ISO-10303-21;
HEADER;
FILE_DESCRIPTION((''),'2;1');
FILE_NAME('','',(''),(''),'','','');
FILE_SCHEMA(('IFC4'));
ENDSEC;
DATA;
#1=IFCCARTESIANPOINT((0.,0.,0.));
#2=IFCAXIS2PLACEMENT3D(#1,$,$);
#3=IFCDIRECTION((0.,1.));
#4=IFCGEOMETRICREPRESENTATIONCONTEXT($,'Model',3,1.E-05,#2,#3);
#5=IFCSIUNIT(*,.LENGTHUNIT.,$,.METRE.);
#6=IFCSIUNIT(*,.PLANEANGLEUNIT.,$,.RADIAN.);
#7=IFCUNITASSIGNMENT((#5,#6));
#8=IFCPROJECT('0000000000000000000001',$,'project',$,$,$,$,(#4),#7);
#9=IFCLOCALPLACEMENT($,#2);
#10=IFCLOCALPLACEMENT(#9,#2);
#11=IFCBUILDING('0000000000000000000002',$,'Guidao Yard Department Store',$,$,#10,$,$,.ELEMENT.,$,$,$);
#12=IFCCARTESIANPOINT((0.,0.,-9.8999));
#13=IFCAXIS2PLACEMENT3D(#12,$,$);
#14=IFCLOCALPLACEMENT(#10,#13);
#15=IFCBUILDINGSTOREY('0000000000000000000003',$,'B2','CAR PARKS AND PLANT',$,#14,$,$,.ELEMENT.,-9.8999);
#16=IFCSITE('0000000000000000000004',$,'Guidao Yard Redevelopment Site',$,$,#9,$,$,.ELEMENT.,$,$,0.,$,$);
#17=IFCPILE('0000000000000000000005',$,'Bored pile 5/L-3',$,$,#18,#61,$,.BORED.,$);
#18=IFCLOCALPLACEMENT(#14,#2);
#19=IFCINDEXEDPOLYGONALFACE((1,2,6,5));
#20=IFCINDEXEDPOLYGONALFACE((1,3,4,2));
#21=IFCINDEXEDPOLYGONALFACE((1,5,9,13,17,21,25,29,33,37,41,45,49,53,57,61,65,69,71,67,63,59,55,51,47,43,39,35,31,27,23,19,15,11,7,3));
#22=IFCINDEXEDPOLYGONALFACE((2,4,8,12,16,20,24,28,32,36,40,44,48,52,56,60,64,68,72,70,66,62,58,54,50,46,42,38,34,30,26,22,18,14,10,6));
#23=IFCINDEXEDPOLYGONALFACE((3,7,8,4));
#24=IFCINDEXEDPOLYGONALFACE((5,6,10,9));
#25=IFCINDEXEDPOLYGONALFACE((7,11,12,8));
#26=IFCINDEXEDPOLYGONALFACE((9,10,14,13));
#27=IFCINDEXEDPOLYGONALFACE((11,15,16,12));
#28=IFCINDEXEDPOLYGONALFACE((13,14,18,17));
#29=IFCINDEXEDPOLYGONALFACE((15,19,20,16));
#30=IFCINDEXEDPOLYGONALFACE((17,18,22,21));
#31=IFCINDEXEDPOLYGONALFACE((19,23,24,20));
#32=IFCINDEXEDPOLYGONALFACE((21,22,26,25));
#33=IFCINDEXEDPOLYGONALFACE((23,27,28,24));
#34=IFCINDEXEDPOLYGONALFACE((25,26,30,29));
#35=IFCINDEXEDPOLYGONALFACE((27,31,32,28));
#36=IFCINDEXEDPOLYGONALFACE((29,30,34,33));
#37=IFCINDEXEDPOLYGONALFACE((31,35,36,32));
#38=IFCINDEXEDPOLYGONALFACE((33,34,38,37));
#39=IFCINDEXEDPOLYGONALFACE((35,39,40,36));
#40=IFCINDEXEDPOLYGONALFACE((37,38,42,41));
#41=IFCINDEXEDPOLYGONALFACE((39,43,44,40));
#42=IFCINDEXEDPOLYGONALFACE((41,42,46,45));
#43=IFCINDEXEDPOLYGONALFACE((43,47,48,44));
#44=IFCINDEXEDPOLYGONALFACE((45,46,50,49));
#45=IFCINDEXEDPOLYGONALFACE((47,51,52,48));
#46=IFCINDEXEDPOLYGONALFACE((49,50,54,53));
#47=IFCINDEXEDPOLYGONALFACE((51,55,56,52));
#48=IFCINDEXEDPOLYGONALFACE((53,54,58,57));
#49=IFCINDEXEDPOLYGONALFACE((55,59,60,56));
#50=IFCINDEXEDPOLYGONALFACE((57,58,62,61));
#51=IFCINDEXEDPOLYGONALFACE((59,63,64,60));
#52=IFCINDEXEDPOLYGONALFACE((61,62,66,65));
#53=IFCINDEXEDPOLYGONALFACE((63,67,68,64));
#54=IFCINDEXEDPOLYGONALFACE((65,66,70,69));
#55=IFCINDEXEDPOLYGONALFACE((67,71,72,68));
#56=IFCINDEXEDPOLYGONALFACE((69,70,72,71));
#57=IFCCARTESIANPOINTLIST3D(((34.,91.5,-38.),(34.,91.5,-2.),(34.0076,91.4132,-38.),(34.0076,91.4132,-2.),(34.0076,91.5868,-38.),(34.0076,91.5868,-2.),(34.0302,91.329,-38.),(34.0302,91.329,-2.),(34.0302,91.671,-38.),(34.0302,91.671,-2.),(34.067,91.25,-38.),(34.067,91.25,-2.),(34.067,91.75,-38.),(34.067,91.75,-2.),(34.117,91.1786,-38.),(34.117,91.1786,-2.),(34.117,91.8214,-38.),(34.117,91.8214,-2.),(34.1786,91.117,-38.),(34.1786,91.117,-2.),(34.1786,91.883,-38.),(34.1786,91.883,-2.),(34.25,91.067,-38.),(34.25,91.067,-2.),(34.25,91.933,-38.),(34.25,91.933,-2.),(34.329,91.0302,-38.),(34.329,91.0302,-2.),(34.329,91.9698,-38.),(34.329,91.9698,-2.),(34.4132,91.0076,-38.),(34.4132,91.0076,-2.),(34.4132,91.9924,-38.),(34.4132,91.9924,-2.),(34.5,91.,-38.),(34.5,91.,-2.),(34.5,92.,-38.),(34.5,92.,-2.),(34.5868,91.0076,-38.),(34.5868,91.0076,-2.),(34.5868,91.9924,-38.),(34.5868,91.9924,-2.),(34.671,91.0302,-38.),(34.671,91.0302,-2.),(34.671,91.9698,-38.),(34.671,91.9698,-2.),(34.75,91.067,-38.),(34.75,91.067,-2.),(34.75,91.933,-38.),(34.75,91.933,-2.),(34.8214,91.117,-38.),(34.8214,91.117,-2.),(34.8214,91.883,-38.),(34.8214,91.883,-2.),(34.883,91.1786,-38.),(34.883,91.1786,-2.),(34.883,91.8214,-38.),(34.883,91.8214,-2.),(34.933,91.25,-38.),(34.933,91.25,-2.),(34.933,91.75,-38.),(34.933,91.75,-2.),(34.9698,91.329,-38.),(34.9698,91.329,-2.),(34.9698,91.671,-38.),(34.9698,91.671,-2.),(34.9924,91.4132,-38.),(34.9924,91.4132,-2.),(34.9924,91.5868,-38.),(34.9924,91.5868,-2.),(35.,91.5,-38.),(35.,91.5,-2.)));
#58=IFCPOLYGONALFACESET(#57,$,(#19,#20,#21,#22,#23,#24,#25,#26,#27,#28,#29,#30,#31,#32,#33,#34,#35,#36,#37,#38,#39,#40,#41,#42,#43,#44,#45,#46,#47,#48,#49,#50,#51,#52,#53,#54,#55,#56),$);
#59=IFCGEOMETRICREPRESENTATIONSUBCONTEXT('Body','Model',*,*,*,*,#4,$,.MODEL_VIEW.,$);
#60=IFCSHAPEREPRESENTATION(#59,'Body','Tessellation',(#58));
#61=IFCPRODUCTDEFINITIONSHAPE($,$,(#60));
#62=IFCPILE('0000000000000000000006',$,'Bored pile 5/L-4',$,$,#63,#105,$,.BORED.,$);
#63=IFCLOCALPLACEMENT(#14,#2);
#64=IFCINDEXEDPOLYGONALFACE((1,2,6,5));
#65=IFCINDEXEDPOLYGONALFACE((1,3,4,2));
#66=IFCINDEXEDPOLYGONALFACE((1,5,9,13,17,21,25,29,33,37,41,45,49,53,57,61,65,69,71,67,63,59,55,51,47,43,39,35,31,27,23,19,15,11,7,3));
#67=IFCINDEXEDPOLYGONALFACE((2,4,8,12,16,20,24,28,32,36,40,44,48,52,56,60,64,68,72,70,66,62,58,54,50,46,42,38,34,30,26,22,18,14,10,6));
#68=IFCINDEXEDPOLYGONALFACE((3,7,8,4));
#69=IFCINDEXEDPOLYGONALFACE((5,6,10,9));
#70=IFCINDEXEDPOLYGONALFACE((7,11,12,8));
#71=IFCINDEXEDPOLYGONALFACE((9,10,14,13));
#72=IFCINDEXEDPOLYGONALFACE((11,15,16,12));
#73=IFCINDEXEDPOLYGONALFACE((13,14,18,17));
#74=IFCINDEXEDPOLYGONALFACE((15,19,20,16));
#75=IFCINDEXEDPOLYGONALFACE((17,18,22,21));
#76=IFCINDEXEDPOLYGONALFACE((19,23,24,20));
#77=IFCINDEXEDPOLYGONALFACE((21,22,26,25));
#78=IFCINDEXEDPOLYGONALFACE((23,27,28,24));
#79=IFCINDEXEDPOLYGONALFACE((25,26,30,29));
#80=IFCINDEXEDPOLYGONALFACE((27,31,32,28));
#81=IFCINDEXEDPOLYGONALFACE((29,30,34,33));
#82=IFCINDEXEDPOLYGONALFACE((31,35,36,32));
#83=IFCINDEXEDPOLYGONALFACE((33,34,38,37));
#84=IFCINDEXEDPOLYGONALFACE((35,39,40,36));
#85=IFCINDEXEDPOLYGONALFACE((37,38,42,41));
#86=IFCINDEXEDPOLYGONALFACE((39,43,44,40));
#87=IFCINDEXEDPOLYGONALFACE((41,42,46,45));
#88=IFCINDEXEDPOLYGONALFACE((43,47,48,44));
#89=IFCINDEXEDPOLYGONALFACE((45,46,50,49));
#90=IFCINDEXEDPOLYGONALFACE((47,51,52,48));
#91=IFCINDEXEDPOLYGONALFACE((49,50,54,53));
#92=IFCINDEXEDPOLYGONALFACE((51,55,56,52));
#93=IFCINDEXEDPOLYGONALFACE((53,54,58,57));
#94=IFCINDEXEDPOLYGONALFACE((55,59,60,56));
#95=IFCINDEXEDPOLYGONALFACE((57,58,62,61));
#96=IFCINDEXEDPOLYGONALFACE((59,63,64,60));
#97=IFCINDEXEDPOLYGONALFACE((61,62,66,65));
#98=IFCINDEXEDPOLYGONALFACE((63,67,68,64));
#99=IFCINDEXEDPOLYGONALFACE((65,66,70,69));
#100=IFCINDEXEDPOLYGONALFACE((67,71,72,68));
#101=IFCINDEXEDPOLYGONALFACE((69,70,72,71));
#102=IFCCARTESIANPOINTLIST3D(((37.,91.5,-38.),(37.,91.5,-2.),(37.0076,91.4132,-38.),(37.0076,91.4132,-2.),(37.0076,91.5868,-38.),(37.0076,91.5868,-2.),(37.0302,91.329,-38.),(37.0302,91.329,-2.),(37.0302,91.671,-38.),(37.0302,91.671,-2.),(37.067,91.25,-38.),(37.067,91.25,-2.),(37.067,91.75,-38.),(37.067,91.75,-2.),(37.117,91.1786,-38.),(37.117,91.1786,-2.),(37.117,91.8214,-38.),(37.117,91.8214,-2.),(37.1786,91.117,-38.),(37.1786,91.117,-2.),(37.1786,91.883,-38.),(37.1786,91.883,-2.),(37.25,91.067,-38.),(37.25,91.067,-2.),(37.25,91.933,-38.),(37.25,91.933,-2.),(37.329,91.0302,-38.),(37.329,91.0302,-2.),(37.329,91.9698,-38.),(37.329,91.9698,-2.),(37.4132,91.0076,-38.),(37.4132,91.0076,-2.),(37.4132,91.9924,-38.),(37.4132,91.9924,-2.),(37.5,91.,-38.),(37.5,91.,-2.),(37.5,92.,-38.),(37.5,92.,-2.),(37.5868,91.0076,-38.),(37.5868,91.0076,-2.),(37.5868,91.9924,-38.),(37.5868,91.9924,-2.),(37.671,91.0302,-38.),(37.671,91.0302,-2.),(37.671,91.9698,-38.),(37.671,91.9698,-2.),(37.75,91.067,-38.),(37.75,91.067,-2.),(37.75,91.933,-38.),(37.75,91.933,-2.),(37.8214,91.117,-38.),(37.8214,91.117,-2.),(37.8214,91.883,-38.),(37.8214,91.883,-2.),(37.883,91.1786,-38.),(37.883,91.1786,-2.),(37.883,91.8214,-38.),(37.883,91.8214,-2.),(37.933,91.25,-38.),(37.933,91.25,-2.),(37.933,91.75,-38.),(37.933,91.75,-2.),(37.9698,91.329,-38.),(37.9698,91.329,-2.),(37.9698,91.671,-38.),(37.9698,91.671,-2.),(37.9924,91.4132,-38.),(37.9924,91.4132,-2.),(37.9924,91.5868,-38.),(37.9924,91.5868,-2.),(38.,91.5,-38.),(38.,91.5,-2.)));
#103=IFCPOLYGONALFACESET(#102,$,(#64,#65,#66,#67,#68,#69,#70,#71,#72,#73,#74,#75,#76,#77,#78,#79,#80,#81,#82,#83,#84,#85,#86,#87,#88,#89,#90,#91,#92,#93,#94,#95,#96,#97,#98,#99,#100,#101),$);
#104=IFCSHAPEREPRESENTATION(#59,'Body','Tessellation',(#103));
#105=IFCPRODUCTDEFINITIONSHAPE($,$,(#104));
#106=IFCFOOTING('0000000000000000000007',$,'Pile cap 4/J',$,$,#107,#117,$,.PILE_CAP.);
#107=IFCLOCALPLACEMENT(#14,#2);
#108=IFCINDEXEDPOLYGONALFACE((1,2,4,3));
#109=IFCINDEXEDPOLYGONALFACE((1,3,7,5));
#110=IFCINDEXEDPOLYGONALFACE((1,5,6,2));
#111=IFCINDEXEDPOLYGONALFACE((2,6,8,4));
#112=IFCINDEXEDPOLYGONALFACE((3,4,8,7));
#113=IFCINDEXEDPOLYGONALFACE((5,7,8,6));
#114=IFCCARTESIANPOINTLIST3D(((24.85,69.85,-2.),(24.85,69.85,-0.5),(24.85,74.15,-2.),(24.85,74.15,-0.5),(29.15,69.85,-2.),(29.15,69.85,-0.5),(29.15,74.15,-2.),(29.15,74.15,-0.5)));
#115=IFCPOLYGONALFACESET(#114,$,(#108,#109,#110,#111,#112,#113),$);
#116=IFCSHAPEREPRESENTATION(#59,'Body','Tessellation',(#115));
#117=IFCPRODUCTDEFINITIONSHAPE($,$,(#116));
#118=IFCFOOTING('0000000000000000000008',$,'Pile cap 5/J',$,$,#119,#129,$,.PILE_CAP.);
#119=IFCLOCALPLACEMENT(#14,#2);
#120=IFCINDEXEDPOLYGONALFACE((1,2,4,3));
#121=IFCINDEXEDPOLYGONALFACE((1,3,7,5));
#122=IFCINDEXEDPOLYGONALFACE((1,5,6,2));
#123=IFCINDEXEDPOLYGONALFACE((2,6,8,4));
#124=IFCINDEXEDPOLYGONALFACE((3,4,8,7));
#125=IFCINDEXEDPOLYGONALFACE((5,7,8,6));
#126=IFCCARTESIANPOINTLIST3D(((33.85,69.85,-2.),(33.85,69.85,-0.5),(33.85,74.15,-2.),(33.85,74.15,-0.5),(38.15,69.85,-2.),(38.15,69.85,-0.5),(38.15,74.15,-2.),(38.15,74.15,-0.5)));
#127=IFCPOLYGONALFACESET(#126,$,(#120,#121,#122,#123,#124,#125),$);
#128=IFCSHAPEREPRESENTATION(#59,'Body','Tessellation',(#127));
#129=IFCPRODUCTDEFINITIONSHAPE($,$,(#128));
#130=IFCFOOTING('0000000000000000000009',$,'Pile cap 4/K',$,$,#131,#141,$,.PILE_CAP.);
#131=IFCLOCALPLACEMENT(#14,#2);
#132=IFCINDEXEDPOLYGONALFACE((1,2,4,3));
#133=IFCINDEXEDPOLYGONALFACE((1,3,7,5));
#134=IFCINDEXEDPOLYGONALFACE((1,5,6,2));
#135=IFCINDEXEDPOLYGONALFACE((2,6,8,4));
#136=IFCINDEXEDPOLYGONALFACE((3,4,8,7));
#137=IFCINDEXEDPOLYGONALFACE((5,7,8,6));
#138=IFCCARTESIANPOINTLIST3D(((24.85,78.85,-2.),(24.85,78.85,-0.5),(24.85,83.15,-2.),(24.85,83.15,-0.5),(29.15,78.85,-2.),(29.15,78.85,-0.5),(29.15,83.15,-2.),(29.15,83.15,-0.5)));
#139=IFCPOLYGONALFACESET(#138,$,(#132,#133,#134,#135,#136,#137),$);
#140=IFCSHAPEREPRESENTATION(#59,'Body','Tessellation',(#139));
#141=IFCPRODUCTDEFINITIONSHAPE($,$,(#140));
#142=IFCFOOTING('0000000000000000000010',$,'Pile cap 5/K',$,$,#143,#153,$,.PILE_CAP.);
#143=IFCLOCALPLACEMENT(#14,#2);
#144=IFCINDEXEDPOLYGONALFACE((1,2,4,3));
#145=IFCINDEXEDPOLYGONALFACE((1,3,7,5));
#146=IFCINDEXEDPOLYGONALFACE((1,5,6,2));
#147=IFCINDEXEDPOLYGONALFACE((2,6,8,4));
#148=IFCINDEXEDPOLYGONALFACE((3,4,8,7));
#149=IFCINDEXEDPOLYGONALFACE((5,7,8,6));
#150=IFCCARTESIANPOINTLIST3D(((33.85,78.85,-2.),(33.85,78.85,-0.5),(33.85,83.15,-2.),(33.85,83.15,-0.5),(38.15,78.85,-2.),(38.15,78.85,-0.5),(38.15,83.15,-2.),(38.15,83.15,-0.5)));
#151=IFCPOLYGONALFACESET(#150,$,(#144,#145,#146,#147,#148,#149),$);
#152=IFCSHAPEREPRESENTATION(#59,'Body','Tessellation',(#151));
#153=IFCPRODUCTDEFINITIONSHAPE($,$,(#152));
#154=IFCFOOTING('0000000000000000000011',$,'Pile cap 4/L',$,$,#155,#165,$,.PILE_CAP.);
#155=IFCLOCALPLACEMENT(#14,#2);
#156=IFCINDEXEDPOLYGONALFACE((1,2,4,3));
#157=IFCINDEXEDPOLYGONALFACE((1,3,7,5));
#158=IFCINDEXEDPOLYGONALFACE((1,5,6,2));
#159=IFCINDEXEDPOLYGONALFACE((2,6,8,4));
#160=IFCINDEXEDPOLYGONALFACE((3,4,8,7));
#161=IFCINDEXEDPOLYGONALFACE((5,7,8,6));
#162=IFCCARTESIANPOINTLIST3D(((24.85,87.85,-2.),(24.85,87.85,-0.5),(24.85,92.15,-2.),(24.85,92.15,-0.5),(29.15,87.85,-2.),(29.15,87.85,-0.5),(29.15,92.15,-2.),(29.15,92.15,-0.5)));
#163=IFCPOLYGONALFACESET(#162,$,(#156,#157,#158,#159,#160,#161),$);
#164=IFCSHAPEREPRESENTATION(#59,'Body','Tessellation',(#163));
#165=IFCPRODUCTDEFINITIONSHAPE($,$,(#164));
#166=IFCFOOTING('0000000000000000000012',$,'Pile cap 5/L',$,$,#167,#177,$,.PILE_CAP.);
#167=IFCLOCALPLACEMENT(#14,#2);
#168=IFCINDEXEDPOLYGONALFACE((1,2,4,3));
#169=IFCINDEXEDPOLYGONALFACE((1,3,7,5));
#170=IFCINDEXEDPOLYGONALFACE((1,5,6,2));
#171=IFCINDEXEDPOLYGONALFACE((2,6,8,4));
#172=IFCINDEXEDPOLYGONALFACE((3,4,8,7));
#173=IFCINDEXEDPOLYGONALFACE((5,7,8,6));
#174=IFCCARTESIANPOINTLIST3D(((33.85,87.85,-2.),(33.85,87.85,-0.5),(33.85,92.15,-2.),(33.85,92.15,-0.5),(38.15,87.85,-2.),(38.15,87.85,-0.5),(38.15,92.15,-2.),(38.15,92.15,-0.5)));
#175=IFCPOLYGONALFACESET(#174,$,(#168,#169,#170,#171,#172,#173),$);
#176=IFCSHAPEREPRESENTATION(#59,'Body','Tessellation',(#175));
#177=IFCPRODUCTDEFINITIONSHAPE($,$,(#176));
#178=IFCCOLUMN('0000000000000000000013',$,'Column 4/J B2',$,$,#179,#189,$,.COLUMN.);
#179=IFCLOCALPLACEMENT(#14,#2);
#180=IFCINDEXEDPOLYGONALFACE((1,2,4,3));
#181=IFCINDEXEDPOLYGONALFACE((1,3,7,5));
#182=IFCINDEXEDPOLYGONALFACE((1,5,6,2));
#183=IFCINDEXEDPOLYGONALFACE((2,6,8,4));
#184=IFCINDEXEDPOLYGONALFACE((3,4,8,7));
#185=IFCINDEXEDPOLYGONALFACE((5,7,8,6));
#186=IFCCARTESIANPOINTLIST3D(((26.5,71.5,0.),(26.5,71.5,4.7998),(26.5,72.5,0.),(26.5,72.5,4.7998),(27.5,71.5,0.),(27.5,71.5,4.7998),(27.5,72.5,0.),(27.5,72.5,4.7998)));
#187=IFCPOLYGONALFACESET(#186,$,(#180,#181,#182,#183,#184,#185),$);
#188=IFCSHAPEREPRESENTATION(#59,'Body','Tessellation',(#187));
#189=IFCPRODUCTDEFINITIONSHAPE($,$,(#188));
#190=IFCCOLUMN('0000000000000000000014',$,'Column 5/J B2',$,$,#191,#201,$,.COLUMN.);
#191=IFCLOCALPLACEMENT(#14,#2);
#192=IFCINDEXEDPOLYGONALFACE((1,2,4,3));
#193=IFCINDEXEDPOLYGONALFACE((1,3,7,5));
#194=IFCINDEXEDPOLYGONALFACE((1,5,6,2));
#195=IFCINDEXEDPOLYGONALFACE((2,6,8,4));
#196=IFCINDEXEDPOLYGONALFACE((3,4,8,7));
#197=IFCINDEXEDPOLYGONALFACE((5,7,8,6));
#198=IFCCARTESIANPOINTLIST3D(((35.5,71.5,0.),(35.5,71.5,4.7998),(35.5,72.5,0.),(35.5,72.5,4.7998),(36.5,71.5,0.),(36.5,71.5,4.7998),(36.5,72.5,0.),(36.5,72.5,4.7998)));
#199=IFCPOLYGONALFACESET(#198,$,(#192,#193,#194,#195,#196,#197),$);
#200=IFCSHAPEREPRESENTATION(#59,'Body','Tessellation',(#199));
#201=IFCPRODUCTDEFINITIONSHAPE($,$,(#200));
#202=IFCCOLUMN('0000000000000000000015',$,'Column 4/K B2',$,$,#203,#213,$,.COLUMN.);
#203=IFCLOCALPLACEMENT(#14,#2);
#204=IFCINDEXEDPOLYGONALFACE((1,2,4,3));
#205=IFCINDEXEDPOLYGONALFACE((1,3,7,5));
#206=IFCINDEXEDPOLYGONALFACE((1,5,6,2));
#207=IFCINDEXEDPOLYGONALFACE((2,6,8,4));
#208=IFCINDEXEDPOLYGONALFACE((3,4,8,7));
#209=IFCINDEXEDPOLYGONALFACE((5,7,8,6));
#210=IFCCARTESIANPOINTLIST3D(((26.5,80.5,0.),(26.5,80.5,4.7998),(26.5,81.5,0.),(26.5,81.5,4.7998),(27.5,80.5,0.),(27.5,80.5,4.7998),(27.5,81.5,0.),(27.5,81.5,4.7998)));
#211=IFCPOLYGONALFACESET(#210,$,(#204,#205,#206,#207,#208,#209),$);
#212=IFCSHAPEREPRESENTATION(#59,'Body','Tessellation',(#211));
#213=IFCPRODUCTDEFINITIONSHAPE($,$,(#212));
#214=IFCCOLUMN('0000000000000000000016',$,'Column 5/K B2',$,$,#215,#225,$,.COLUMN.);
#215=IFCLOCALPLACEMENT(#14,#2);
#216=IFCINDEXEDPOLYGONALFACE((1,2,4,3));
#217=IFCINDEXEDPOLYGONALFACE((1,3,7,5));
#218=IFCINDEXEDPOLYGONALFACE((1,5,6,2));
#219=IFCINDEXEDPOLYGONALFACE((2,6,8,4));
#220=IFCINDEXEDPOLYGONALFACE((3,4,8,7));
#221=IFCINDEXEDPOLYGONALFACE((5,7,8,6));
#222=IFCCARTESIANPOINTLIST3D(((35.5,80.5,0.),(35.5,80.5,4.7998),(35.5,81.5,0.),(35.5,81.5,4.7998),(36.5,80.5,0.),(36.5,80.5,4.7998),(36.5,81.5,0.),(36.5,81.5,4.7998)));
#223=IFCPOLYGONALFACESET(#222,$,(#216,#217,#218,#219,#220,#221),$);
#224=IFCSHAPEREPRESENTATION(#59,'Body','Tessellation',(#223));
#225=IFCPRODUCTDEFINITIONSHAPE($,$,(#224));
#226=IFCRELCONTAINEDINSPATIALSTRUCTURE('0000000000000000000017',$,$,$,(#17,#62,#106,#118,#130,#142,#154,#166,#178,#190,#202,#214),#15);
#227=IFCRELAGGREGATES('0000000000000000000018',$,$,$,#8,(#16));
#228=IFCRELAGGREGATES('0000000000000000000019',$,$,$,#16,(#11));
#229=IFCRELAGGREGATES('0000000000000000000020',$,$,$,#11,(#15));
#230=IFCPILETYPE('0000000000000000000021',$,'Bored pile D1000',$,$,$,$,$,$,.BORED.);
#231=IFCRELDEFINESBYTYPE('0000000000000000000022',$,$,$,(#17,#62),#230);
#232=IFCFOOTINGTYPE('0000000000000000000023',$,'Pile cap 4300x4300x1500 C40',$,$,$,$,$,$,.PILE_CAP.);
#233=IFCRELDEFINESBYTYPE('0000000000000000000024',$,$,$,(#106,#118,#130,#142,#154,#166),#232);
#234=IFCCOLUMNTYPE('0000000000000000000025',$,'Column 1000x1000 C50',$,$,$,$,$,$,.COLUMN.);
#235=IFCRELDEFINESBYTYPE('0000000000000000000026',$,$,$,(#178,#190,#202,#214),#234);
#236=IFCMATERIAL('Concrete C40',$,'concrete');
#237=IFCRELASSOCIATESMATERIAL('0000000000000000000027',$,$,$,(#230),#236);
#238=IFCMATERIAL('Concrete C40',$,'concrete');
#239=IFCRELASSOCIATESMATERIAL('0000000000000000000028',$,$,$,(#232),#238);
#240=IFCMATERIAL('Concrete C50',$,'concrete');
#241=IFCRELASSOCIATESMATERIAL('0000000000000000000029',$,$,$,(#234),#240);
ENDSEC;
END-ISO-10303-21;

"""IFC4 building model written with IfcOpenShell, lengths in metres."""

from ifc_helpers import new_model, si_unit, direction, frame, origin, origin_2d, place, context, subcontext, project, spatial, rectangle, circle, extrude, material, material_profile, profile_set, type_object, element, save


model = new_model("IFC4")

# Units and contexts
model_context = context("Model", 3, precision=1e-05, world=origin(), true_north=direction((0.0, 1.0)))
body_context = subcontext(model_context, "Body", "Model", "MODEL_VIEW")
ifc_project = project(units=[si_unit("LENGTHUNIT", "METRE"), si_unit("PLANEANGLEUNIT", "RADIAN")], contexts=[model_context])

# Site, building, storey
site_placement = place(None, origin())
site = spatial("IfcSite", under=ifc_project, at=site_placement, Name="Guidao Yard Redevelopment Site", CompositionType="ELEMENT", RefElevation=0.0)
building_placement = place(site_placement, origin())
building = spatial("IfcBuilding", under=site, at=building_placement, Name="Guidao Yard Department Store", CompositionType="ELEMENT")
storey_placement = place(building_placement, frame((0.0, 0.0, -9.8999)))
storey = spatial("IfcBuildingStorey", under=building, at=storey_placement, Name="B2", Description="CAR PARKS AND PLANT", CompositionType="ELEMENT", Elevation=-9.8999)

# Piles
ifc_material_1 = material(Name="Concrete C40", Category="concrete")
ifc_material_profile_1 = material_profile(ifc_material_1, circle(Radius=0.5, at=origin_2d()), Name="Bored pile D1000")
ifc_profile_set_1 = profile_set([ifc_material_profile_1], Name="Concrete C40")
pile_type = type_object("IfcPileType", Name="Bored pile D1000", PredefinedType="BORED", material=ifc_profile_set_1)
for number, where, z_axis, x_axis, name in (
    (1, (34.5, 91.5, -2.0), (0.0, 0.0, -1.0), (1.0, 0.0, 0.0), "Bored pile 5/L-3"),
    (2, (37.5, 91.5, -2.0), (0.0, 0.0, -1.0), (1.0, 0.0, 0.0), "Bored pile 5/L-4"),
):
    element("IfcPile", number, at=place(storey_placement, frame(where, z_axis=z_axis, x_axis=x_axis)), inside=storey, type_object=pile_type, Name=name, PredefinedType="BORED", context=body_context, shape_type="SweptSolid", body=[
        extrude(circle(Radius=0.5, at=origin_2d()), origin(), (0.0, 0.0, 1.0), 36.0),
    ])

# Footings
ifc_material_2 = material(Name="Concrete C40", Category="concrete")
footing_type = type_object("IfcFootingType", Name="Pile cap 4300x4300x1500 C40", PredefinedType="PILE_CAP", material=ifc_material_2)
for number, where, z_axis, x_axis, name in (
    (3, (27.0, 72.0, -2.0), (0.0, 0.0, 1.0), (1.0, 0.0, 0.0), "Pile cap 4/J"),
    (4, (36.0, 72.0, -2.0), (0.0, 0.0, 1.0), (1.0, 0.0, 0.0), "Pile cap 5/J"),
    (5, (27.0, 81.0, -2.0), (0.0, 0.0, 1.0), (1.0, 0.0, 0.0), "Pile cap 4/K"),
    (6, (36.0, 81.0, -2.0), (0.0, 0.0, 1.0), (1.0, 0.0, 0.0), "Pile cap 5/K"),
    (7, (27.0, 90.0, -2.0), (0.0, 0.0, 1.0), (1.0, 0.0, 0.0), "Pile cap 4/L"),
    (8, (36.0, 90.0, -2.0), (0.0, 0.0, 1.0), (1.0, 0.0, 0.0), "Pile cap 5/L"),
):
    element("IfcFooting", number, at=place(storey_placement, frame(where, z_axis=z_axis, x_axis=x_axis)), inside=storey, type_object=footing_type, Name=name, PredefinedType="PILE_CAP", context=body_context, shape_type="SweptSolid", body=[
        extrude(rectangle(XDim=4.3, YDim=4.3, at=origin_2d()), origin(), (0.0, 0.0, 1.0), 1.5),
    ])

# Columns
ifc_material_3 = material(Name="Concrete C50", Category="concrete")
ifc_material_profile_2 = material_profile(ifc_material_3, rectangle(XDim=1.0, YDim=1.0, at=origin_2d()), Name="COL 1000x1000")
ifc_profile_set_2 = profile_set([ifc_material_profile_2], Name="Concrete C50")
column_type = type_object("IfcColumnType", Name="Column 1000x1000 C50", PredefinedType="COLUMN", material=ifc_profile_set_2)
for number, where, z_axis, x_axis, name in (
    (9, (27.0, 72.0, 0.0), (0.0, 0.0, 1.0), (1.0, 0.0, 0.0), "Column 4/J B2"),
    (10, (36.0, 72.0, 0.0), (0.0, 0.0, 1.0), (1.0, 0.0, 0.0), "Column 5/J B2"),
    (11, (27.0, 81.0, 0.0), (0.0, 0.0, 1.0), (1.0, 0.0, 0.0), "Column 4/K B2"),
    (12, (36.0, 81.0, 0.0), (0.0, 0.0, 1.0), (1.0, 0.0, 0.0), "Column 5/K B2"),
):
    element("IfcColumn", number, at=place(storey_placement, frame(where, z_axis=z_axis, x_axis=x_axis)), inside=storey, type_object=column_type, Name=name, PredefinedType="COLUMN", context=body_context, shape_type="SweptSolid", body=[
        extrude(rectangle(XDim=1.0, YDim=1.0, at=origin_2d()), origin(), (0.0, 0.0, 1.0), 4.7998),
    ])

save(model, "model.ifc")
